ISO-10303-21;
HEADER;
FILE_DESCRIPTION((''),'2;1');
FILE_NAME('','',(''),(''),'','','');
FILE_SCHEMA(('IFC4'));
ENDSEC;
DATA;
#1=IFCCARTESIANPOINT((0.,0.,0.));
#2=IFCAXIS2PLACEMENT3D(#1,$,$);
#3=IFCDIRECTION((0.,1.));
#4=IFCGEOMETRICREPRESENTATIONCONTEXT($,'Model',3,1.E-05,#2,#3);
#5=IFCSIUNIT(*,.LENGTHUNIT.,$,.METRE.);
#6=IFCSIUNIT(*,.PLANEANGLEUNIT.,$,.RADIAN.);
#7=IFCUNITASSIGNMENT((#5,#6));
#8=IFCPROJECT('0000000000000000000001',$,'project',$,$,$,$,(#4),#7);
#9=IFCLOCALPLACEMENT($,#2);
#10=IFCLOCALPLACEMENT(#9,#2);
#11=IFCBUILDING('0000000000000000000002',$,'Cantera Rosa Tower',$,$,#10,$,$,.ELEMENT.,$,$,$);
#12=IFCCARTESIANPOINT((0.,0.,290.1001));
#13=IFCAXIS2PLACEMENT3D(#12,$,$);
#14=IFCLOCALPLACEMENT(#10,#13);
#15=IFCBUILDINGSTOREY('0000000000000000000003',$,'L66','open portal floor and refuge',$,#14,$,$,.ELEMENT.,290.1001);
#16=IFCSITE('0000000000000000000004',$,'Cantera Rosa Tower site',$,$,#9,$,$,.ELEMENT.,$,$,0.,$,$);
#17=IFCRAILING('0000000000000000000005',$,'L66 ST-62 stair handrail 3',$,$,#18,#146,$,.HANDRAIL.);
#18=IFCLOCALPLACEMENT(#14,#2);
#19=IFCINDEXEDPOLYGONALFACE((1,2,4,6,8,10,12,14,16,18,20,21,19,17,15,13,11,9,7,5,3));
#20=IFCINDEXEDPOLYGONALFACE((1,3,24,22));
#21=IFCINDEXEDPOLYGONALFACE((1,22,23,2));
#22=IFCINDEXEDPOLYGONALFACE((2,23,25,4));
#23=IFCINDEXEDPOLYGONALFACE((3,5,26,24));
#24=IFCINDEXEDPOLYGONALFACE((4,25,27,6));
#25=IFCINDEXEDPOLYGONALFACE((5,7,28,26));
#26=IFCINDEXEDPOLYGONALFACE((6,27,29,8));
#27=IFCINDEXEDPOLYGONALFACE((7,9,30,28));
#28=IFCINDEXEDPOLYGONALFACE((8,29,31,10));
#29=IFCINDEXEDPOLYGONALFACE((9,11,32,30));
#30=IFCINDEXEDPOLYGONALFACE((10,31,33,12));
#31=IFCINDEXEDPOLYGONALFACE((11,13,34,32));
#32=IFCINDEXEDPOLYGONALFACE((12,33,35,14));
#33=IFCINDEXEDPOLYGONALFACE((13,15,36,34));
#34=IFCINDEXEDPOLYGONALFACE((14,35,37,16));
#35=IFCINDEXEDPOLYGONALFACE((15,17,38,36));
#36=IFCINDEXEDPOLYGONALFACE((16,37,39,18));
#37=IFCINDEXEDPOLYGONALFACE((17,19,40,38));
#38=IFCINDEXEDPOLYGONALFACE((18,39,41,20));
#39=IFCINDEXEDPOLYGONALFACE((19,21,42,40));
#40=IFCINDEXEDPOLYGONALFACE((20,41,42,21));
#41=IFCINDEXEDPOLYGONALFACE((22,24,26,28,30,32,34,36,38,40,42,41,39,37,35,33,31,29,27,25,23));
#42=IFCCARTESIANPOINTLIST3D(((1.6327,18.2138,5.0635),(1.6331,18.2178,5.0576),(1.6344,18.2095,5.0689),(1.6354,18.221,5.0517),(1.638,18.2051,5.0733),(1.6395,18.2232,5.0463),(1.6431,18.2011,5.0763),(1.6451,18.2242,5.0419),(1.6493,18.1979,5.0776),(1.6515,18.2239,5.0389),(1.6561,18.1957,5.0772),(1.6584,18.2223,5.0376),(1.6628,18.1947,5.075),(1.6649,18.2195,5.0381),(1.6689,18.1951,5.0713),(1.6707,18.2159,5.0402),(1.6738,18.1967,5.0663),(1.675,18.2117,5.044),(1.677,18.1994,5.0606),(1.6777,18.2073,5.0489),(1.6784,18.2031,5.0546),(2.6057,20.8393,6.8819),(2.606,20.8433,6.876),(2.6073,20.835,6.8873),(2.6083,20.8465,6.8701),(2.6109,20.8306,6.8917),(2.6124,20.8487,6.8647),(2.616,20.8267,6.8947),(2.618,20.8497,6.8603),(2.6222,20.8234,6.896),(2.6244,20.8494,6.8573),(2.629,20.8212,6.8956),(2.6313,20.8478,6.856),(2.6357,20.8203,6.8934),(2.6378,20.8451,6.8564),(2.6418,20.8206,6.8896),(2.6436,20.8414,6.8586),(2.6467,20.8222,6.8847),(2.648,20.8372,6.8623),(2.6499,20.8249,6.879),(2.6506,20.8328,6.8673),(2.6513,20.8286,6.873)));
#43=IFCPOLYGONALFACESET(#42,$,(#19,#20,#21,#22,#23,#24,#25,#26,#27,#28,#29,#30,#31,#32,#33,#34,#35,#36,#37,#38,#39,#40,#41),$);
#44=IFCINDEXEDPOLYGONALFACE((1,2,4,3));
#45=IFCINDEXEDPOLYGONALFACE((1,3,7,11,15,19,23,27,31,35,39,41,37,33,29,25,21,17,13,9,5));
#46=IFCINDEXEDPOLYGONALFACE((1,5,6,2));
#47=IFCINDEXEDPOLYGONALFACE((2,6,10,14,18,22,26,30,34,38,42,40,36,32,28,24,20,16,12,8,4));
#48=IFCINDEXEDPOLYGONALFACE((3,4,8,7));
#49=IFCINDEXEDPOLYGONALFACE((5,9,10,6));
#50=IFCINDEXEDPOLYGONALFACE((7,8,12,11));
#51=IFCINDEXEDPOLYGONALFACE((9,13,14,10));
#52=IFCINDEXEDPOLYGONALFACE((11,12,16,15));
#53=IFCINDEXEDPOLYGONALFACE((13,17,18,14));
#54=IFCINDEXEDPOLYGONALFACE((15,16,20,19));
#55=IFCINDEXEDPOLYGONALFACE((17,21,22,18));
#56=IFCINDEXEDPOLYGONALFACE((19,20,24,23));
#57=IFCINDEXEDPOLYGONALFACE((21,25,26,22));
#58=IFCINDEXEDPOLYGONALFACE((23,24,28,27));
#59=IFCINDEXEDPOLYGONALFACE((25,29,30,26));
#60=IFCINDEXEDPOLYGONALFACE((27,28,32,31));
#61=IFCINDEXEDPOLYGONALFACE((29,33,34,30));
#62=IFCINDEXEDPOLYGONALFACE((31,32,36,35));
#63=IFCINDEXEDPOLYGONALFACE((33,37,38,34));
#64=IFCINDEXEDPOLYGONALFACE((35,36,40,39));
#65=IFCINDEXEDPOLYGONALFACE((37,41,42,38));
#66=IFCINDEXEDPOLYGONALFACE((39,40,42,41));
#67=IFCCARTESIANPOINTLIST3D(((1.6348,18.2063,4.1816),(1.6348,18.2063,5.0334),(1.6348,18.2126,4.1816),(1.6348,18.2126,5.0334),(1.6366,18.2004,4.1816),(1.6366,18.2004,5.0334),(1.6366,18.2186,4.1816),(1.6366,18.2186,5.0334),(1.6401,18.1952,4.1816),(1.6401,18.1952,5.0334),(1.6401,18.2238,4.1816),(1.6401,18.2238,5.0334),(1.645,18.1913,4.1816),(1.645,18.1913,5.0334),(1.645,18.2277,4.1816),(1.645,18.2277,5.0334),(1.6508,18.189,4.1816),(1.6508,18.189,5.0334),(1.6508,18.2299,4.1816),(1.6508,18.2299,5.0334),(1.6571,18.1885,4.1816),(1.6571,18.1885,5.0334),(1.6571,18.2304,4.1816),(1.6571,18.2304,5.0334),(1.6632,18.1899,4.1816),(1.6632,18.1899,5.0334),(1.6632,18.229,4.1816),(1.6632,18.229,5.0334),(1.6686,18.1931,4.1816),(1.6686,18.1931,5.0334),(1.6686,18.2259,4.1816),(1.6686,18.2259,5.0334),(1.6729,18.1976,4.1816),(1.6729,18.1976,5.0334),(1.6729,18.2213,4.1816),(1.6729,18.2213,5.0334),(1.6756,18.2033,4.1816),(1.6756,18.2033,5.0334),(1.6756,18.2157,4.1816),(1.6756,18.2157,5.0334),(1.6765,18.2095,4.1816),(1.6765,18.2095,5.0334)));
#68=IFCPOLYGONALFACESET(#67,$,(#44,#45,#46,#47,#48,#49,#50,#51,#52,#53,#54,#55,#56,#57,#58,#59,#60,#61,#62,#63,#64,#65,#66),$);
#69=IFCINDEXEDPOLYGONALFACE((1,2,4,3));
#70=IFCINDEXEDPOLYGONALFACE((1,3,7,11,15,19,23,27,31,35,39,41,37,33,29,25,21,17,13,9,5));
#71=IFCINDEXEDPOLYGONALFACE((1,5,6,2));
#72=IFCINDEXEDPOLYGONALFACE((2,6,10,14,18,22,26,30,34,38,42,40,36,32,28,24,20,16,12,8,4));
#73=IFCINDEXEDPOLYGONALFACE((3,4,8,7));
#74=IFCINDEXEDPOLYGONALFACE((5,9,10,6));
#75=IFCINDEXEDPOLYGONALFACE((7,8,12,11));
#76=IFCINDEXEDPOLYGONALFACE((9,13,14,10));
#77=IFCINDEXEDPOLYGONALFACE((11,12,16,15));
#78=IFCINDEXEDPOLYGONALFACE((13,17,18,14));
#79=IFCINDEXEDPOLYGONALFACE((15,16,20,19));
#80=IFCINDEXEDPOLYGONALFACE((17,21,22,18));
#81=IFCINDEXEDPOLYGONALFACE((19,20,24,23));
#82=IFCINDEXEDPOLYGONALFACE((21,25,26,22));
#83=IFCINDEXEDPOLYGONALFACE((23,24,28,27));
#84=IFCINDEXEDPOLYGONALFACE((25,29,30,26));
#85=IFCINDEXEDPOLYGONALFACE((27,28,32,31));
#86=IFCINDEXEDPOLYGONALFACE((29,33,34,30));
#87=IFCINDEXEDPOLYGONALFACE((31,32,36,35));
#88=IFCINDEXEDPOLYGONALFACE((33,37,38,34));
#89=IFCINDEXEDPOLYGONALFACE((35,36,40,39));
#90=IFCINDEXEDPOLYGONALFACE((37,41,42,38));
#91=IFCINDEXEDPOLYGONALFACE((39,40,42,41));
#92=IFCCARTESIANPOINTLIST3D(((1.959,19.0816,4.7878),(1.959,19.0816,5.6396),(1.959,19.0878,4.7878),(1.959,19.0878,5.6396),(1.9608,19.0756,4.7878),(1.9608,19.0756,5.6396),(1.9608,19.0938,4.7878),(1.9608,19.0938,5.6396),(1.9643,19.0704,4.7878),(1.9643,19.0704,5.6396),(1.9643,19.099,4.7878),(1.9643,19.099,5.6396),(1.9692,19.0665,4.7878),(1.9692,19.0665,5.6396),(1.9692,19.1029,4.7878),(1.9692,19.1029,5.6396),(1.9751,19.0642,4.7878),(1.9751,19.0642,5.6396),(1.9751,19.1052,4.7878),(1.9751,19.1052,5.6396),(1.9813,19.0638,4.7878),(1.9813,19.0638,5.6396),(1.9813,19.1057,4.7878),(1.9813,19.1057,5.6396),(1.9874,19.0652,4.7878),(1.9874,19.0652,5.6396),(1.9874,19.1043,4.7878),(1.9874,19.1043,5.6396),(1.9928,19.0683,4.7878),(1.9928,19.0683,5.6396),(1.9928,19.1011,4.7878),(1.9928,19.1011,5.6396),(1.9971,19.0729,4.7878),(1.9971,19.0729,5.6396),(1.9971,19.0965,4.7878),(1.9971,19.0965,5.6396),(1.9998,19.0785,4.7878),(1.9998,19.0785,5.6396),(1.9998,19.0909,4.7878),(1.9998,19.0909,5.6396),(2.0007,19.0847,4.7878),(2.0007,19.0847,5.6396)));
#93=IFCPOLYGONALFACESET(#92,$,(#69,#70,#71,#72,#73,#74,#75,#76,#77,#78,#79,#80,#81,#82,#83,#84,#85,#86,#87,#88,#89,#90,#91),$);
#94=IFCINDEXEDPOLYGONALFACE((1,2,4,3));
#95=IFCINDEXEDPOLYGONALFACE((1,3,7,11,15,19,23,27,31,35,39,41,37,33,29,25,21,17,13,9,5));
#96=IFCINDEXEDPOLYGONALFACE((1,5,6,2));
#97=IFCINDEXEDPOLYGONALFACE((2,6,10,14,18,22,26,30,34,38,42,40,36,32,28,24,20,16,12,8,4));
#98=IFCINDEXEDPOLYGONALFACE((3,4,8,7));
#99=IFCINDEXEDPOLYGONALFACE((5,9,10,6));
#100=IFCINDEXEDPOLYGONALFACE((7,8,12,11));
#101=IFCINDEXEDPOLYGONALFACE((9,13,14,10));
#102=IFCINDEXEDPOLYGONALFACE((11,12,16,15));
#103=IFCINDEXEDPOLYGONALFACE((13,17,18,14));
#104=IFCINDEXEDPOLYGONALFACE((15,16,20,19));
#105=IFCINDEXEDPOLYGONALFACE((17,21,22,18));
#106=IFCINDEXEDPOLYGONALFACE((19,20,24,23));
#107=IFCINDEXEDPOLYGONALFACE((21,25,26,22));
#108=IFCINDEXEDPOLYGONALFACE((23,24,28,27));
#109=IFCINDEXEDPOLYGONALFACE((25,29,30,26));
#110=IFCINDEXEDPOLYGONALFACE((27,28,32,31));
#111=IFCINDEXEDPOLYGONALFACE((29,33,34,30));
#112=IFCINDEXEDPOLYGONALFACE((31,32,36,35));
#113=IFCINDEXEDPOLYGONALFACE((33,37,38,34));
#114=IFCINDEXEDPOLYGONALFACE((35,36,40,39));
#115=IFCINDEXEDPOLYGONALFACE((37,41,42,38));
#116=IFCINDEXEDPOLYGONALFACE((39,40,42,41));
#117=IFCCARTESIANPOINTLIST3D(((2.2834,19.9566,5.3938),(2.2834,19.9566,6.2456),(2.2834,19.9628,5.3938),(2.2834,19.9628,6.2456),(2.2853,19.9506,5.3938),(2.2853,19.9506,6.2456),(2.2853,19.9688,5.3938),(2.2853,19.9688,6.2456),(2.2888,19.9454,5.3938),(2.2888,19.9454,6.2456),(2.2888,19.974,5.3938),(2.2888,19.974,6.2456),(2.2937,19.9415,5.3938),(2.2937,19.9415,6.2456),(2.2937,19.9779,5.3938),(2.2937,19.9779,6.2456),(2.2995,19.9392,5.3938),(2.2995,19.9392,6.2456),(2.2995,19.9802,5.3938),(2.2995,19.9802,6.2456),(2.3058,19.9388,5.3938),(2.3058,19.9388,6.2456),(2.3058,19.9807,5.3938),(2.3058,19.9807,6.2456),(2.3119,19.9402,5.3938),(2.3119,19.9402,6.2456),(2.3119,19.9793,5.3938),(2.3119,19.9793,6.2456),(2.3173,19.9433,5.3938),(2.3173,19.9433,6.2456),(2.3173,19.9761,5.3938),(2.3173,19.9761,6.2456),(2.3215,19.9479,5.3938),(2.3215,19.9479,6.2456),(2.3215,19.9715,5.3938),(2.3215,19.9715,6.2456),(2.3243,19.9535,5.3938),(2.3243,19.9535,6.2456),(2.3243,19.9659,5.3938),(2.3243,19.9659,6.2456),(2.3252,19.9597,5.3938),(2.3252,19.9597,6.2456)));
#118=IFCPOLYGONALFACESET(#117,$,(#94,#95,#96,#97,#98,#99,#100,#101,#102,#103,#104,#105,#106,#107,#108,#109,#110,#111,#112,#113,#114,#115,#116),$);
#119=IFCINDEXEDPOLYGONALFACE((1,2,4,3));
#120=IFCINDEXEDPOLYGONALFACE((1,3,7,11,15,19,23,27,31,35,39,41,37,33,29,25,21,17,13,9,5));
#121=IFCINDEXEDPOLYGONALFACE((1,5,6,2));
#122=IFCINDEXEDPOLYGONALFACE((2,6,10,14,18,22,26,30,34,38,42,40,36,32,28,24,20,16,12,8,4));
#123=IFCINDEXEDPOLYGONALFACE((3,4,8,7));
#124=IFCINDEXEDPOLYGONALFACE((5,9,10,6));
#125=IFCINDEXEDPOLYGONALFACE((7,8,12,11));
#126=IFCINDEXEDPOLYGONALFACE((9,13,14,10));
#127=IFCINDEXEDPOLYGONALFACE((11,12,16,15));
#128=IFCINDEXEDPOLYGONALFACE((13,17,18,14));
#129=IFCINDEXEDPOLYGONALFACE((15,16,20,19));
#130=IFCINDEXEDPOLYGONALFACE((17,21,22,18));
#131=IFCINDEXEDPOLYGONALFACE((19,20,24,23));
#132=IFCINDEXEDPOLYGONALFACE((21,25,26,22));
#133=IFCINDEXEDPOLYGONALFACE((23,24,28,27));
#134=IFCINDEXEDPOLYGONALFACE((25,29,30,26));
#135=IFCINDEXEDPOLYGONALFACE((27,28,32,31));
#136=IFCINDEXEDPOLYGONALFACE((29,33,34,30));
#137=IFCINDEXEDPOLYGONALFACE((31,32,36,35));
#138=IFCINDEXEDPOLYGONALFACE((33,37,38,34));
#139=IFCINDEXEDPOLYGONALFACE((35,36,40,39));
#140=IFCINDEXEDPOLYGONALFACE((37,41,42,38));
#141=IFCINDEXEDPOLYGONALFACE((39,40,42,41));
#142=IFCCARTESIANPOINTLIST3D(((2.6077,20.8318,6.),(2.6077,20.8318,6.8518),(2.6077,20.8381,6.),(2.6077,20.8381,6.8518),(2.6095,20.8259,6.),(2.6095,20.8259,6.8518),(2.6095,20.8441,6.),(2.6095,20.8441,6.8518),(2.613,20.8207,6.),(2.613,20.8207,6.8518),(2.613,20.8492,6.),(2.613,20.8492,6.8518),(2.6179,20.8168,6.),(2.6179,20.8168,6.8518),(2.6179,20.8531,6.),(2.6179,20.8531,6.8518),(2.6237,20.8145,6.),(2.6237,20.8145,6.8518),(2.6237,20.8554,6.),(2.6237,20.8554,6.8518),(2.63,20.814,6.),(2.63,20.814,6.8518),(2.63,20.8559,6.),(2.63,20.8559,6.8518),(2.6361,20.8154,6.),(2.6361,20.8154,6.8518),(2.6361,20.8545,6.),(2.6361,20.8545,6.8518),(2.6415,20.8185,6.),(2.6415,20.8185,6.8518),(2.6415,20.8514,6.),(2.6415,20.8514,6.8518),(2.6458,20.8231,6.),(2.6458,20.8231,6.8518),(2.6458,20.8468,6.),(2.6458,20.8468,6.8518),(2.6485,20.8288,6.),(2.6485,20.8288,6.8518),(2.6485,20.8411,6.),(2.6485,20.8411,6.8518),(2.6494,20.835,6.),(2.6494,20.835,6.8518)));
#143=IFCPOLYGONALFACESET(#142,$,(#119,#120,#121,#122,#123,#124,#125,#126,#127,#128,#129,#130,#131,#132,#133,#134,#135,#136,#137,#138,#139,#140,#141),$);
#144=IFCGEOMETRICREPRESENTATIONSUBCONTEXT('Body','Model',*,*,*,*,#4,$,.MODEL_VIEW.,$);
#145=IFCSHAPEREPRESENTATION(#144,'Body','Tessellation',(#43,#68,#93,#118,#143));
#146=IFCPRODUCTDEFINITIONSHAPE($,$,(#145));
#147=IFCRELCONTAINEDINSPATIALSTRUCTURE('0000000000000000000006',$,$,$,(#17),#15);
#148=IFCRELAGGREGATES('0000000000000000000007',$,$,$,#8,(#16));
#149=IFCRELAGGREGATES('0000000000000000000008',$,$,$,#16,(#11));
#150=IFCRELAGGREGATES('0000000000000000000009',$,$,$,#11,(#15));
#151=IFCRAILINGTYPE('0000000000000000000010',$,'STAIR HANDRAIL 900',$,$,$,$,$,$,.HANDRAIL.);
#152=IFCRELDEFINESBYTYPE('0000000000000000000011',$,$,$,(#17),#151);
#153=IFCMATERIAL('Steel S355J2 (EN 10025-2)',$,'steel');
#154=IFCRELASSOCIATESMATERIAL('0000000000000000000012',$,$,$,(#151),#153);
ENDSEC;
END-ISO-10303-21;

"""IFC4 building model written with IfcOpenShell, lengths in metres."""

from ifc_helpers import new_model, si_unit, direction, frame, origin, origin_2d, place, context, subcontext, project, spatial, circle, extrude, material, type_object, element, save


model = new_model("IFC4")

# Units and contexts
model_context = context("Model", 3, precision=1e-05, world=origin(), true_north=direction((0.0, 1.0)))
body_context = subcontext(model_context, "Body", "Model", "MODEL_VIEW")
ifc_project = project(units=[si_unit("LENGTHUNIT", "METRE"), si_unit("PLANEANGLEUNIT", "RADIAN")], contexts=[model_context])

# Site, building, storey
site_placement = place(None, origin())
site = spatial("IfcSite", under=ifc_project, at=site_placement, Name="Cantera Rosa Tower site", CompositionType="ELEMENT", RefElevation=0.0)
building_placement = place(site_placement, origin())
building = spatial("IfcBuilding", under=site, at=building_placement, Name="Cantera Rosa Tower", CompositionType="ELEMENT")
storey_placement = place(building_placement, frame((0.0, 0.0, 290.1001)))
storey = spatial("IfcBuildingStorey", under=building, at=storey_placement, Name="L66", Description="open portal floor and refuge", CompositionType="ELEMENT", Elevation=290.1001)

# Railing
ifc_material_1 = material(Name="Steel S355J2 (EN 10025-2)", Category="steel")
railing_type_1 = type_object("IfcRailingType", Name="STAIR HANDRAIL 900", PredefinedType="HANDRAIL", material=ifc_material_1)
for number, where, name in (
    (1, (1.6555, 18.2095, 4.1816), "L66 ST-62 stair handrail 3"),
):
    element("IfcRailing", number, at=place(storey_placement, frame(where)), inside=storey, type_object=railing_type_1, Name=name, PredefinedType="HANDRAIL", context=body_context, shape_type="SweptSolid", body=[
        extrude(circle(Radius=0.0239, at=origin_2d()), frame((0.0, 0.0, 0.876), z_axis=(0.291411, 0.786407, 0.54465), x_axis=(-0.937691, 0.347471, 0.0)), (0.0, 0.0, 1.0), 3.3386),
        extrude(circle(Radius=0.021, at=origin_2d()), origin(), (0.0, 0.0, 1.0), 0.8518),
        extrude(circle(Radius=0.021, at=origin_2d()), frame((0.3242, 0.8752, 0.6062)), (0.0, 0.0, 1.0), 0.8518),
        extrude(circle(Radius=0.021, at=origin_2d()), frame((0.6487, 1.7502, 1.2122)), (0.0, 0.0, 1.0), 0.8518),
        extrude(circle(Radius=0.021, at=origin_2d()), frame((0.9729, 2.6255, 1.8184)), (0.0, 0.0, 1.0), 0.8518),
    ])

save(model, "model.ifc")
